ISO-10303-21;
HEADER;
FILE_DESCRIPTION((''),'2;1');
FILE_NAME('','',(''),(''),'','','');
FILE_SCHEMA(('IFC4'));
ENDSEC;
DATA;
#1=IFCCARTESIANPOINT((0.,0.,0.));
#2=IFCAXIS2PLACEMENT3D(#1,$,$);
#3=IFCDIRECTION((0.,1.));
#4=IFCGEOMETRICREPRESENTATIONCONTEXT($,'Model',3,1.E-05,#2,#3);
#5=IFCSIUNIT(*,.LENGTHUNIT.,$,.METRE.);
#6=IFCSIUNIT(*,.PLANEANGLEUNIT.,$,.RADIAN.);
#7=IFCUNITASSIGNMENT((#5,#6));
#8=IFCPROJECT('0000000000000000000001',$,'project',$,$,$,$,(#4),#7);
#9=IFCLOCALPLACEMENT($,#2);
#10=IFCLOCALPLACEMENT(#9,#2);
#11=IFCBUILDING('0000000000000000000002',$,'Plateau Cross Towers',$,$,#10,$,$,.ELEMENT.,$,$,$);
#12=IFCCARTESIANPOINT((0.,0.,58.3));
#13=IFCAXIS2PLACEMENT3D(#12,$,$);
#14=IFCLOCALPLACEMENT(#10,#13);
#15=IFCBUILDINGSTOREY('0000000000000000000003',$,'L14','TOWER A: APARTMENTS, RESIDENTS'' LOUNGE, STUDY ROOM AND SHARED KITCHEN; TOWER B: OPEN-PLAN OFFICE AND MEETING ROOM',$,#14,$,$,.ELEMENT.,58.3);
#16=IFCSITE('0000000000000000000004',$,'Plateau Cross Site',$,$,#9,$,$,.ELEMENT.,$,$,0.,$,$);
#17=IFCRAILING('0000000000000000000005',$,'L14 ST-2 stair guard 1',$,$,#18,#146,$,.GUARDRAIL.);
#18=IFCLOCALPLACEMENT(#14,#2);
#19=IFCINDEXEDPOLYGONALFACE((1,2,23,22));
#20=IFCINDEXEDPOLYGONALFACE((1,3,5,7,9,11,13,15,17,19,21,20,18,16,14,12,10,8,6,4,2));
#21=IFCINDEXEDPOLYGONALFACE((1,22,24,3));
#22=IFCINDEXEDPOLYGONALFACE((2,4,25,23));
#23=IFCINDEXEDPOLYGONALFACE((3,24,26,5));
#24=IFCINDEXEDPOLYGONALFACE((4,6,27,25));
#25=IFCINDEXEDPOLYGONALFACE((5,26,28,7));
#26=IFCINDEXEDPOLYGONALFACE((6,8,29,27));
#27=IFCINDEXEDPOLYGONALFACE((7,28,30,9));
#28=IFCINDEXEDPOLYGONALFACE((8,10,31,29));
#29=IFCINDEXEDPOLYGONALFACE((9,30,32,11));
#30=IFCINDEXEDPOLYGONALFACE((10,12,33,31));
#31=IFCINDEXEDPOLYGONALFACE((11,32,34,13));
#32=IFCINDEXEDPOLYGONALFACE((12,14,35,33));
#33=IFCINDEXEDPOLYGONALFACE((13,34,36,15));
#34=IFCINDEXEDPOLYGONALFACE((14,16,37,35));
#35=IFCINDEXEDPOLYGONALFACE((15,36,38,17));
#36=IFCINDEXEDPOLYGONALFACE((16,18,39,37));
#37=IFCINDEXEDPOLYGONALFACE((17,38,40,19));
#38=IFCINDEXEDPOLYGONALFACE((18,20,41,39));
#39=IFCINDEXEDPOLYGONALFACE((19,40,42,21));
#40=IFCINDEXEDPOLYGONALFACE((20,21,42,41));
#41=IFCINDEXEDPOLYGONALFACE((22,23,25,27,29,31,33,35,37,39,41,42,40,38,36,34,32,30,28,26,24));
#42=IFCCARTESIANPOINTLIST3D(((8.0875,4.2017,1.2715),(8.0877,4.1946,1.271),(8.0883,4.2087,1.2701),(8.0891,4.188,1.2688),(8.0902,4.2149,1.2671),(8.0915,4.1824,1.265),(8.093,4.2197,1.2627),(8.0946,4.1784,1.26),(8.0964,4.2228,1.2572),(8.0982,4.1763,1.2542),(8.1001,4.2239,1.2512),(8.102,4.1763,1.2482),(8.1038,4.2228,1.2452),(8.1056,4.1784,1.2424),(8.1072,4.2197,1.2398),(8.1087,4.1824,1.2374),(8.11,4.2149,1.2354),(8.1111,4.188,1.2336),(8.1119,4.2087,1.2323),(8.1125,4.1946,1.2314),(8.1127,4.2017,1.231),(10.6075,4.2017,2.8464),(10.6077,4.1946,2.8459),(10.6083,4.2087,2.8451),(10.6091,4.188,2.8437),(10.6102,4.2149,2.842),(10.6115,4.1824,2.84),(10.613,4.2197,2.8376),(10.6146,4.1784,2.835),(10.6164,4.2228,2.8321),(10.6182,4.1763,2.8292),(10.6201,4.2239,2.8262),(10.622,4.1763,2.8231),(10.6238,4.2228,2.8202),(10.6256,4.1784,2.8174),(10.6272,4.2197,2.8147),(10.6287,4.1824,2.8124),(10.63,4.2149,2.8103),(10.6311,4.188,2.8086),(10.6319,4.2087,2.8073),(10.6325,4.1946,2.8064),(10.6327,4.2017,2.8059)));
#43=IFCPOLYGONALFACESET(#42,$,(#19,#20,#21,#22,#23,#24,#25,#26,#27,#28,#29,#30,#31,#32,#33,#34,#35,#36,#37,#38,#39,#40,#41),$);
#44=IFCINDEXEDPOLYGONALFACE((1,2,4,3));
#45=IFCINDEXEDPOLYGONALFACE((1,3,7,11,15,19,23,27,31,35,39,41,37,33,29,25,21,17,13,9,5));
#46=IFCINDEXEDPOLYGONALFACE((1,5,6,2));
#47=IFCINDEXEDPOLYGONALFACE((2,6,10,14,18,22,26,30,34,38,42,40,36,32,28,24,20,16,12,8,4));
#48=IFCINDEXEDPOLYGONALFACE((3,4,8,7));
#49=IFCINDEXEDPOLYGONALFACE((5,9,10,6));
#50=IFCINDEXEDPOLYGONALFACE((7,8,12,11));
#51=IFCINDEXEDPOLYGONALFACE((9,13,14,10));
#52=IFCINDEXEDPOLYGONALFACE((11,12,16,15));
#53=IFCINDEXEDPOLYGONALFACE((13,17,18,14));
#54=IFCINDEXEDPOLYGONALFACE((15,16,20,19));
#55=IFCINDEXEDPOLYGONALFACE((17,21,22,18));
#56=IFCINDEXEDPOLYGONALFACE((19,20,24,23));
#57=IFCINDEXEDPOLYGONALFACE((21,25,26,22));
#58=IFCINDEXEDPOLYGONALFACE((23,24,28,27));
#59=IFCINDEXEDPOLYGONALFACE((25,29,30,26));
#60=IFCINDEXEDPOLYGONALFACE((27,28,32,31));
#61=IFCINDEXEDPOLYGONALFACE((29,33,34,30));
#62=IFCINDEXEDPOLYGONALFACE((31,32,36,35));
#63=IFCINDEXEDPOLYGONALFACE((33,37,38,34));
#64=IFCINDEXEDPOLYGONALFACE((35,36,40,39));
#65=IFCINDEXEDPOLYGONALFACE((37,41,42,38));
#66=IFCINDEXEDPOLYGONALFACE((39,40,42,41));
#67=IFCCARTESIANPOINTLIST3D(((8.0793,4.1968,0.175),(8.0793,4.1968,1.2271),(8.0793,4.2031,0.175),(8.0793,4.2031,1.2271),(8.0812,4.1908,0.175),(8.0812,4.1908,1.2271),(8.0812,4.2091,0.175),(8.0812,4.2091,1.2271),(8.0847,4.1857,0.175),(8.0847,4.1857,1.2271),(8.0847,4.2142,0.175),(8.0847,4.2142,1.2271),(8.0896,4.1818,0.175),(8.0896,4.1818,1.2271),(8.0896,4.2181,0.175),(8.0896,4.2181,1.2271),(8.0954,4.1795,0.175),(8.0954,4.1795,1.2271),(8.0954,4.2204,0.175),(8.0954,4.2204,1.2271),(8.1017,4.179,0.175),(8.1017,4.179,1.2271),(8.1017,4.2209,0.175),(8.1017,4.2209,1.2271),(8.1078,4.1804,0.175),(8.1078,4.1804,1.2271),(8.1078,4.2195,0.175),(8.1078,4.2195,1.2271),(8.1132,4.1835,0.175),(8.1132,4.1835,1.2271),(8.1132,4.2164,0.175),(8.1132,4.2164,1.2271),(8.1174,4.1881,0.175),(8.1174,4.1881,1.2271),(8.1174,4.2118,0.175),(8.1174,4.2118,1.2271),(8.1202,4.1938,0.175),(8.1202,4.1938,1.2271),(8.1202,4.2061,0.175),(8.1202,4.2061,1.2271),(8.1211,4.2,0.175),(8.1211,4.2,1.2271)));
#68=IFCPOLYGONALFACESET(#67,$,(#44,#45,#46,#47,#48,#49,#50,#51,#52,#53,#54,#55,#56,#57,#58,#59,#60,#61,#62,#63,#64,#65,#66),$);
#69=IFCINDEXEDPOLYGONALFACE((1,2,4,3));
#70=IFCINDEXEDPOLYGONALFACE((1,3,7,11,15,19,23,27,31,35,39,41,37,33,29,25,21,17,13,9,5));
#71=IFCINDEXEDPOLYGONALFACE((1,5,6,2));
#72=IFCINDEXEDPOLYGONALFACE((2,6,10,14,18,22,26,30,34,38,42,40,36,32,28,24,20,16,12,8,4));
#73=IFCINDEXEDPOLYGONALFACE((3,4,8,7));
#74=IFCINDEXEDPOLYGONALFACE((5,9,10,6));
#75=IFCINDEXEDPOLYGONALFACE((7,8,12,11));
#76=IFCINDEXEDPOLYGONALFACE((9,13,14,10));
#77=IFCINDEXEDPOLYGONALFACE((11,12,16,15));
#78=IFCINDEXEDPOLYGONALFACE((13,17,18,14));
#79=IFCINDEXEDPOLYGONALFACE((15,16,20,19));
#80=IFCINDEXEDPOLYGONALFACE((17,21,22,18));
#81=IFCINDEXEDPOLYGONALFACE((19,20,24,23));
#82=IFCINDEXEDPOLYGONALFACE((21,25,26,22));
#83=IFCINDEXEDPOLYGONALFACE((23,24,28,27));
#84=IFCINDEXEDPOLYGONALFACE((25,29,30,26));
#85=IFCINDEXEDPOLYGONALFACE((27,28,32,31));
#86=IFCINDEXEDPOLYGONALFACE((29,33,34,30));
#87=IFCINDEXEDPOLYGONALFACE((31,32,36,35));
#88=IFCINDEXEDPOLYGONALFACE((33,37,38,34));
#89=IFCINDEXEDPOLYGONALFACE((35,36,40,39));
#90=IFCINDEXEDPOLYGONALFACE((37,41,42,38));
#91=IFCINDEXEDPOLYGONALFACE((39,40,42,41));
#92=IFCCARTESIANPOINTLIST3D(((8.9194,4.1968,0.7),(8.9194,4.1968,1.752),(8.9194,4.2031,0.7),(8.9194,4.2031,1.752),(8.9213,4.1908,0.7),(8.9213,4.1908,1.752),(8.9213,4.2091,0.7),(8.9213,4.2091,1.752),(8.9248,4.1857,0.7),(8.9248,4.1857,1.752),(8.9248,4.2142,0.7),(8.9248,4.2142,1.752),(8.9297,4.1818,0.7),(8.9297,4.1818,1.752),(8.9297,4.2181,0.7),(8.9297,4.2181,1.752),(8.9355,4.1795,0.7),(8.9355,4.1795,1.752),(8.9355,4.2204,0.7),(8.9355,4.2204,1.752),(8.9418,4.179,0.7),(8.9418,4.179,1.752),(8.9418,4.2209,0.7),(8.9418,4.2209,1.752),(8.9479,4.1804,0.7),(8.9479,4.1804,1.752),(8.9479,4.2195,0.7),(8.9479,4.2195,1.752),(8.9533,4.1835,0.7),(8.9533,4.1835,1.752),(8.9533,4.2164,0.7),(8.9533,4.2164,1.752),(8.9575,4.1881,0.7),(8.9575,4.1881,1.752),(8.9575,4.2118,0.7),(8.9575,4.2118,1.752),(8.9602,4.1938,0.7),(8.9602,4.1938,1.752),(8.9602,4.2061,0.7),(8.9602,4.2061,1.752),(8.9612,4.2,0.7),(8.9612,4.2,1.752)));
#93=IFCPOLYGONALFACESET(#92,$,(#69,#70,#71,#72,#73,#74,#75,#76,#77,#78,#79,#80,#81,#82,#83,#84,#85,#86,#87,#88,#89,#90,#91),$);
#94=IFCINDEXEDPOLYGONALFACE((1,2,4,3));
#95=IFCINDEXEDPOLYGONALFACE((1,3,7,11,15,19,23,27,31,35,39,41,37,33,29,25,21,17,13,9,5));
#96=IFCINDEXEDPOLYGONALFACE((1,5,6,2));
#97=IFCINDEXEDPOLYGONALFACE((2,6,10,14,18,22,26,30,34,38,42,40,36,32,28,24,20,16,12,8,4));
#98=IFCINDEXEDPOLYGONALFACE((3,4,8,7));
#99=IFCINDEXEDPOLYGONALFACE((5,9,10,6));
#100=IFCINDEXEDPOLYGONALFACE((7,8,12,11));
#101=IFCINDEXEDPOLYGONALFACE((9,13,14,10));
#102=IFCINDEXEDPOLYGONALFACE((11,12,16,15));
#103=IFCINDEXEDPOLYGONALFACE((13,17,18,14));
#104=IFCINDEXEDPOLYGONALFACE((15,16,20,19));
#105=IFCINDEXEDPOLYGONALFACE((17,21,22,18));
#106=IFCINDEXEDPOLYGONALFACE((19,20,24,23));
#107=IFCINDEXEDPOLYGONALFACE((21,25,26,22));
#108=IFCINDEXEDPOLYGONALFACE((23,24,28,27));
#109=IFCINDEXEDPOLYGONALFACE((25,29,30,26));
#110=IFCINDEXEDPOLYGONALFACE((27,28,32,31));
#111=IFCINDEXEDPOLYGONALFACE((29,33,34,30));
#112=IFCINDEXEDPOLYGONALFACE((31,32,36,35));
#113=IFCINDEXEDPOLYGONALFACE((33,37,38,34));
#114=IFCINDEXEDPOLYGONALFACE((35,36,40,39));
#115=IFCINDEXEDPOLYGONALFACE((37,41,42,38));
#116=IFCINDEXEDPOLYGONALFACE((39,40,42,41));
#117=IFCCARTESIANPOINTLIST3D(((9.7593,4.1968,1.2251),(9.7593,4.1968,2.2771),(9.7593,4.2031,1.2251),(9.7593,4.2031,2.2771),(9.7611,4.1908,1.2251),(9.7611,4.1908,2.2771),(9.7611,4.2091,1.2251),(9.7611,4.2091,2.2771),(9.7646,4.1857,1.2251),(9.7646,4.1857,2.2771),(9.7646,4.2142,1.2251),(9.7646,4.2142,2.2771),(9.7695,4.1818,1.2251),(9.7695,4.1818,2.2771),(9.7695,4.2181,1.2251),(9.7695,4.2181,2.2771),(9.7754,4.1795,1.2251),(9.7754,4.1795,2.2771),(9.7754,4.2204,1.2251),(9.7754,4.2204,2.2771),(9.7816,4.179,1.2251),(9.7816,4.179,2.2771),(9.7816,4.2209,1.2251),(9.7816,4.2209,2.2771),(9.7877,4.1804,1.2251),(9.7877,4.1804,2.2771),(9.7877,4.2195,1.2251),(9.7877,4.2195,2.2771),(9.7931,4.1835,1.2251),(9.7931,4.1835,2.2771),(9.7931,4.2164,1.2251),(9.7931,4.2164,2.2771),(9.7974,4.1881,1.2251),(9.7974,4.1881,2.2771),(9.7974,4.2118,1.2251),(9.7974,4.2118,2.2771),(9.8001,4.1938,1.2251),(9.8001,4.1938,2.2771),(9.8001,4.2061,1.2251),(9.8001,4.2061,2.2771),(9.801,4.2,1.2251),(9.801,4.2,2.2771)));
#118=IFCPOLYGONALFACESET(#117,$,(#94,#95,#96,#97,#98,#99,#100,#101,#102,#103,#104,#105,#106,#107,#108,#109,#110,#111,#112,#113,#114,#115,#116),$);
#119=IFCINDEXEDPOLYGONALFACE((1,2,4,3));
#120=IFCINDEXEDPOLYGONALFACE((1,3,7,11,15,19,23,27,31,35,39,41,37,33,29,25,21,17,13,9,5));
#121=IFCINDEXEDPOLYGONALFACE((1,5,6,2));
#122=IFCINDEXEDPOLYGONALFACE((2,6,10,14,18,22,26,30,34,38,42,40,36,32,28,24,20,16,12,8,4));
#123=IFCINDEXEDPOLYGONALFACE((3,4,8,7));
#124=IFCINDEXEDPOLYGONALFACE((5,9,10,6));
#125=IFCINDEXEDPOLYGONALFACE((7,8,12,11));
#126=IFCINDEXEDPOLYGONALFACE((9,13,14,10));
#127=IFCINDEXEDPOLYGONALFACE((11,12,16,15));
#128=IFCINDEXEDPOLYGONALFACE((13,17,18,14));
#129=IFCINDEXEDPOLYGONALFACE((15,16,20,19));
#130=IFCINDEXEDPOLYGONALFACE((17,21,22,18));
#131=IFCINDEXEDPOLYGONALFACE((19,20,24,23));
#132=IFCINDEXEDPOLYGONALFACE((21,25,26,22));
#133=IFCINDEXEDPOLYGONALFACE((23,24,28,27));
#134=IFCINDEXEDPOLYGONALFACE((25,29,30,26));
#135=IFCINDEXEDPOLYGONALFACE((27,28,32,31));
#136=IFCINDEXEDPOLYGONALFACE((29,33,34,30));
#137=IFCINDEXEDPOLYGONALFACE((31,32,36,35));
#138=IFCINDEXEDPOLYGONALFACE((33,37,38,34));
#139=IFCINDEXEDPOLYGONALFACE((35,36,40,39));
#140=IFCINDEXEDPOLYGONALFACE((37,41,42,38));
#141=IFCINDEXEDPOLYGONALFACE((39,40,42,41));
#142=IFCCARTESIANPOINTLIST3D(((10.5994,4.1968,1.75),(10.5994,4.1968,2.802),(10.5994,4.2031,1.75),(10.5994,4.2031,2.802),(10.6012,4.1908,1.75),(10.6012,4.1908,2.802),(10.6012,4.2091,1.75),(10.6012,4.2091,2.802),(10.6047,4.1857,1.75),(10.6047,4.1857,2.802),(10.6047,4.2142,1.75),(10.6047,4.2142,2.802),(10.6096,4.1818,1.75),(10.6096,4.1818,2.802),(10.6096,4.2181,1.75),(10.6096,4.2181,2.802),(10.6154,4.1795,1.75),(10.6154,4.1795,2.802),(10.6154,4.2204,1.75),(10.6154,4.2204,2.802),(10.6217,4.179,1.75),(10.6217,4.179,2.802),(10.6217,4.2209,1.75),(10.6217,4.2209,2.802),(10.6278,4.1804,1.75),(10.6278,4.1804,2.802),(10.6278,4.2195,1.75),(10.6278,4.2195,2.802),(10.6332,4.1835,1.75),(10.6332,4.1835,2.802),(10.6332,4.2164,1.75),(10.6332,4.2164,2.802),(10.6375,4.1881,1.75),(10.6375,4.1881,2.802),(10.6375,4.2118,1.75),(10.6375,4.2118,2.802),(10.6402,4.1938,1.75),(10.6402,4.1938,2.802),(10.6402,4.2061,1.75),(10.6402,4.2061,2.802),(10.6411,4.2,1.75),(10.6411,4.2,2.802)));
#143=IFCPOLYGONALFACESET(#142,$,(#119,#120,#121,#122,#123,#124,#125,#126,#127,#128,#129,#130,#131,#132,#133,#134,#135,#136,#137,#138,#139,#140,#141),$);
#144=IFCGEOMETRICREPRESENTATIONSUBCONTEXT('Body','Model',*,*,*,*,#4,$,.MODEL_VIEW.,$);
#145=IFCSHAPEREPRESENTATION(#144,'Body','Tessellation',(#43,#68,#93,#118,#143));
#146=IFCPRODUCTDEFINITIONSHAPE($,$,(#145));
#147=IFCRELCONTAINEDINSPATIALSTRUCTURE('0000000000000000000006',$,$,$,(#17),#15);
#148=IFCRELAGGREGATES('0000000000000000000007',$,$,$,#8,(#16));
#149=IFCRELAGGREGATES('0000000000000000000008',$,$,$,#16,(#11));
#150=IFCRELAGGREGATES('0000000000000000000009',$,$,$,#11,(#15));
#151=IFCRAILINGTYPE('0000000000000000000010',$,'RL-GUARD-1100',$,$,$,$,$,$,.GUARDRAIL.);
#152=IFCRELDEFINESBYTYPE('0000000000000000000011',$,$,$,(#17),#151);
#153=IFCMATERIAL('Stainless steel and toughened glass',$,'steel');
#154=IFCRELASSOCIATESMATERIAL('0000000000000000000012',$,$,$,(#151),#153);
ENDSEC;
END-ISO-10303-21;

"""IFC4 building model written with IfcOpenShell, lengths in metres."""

from ifc_helpers import new_model, si_unit, direction, frame, origin, origin_2d, place, context, subcontext, project, spatial, circle, extrude, material, type_object, element, save


model = new_model("IFC4")

# Units and contexts
model_context = context("Model", 3, precision=1e-05, world=origin(), true_north=direction((0.0, 1.0)))
body_context = subcontext(model_context, "Body", "Model", "MODEL_VIEW")
ifc_project = project(units=[si_unit("LENGTHUNIT", "METRE"), si_unit("PLANEANGLEUNIT", "RADIAN")], contexts=[model_context])

# Site, building, storey
site_placement = place(None, origin())
site = spatial("IfcSite", under=ifc_project, at=site_placement, Name="Plateau Cross Site", CompositionType="ELEMENT", RefElevation=0.0)
building_placement = place(site_placement, origin())
building = spatial("IfcBuilding", under=site, at=building_placement, Name="Plateau Cross Towers", CompositionType="ELEMENT")
storey_placement = place(building_placement, frame((0.0, 0.0, 58.3)))
storey = spatial("IfcBuildingStorey", under=building, at=storey_placement, Name="L14", Description="TOWER A: APARTMENTS, RESIDENTS' LOUNGE, STUDY ROOM AND SHARED KITCHEN; TOWER B: OPEN-PLAN OFFICE AND MEETING ROOM", CompositionType="ELEMENT", Elevation=58.3)

# Railing
ifc_material_1 = material(Name="Stainless steel and toughened glass", Category="steel")
railing_type_1 = type_object("IfcRailingType", Name="RL-GUARD-1100", PredefinedType="GUARDRAIL", material=ifc_material_1)
railing_1_placement = place(storey_placement, frame((8.1001, 4.2, 0.175)))
element("IfcRailing", 1, at=railing_1_placement, inside=storey, type_object=railing_type_1, Name="L14 ST-2 stair guard 1", PredefinedType="GUARDRAIL", context=body_context, shape_type="SweptSolid", body=[
    extrude(circle(Radius=0.0239, at=origin_2d()), frame((0.0, 0.0, 1.0762), z_axis=(0.848008, 0.0, 0.529984), x_axis=(0.0, 1.0, 0.0)), (0.0, 0.0, 1.0), 2.9717),
    extrude(circle(Radius=0.021, at=origin_2d()), origin(), (0.0, 0.0, 1.0), 1.052),
    extrude(circle(Radius=0.021, at=origin_2d()), frame((0.8401, 0.0, 0.5249)), (0.0, 0.0, 1.0), 1.052),
    extrude(circle(Radius=0.021, at=origin_2d()), frame((1.6799, 0.0, 1.05)), (0.0, 0.0, 1.0), 1.052),
    extrude(circle(Radius=0.021, at=origin_2d()), frame((2.52, 0.0, 1.575)), (0.0, 0.0, 1.0), 1.052),
])

save(model, "model.ifc")
